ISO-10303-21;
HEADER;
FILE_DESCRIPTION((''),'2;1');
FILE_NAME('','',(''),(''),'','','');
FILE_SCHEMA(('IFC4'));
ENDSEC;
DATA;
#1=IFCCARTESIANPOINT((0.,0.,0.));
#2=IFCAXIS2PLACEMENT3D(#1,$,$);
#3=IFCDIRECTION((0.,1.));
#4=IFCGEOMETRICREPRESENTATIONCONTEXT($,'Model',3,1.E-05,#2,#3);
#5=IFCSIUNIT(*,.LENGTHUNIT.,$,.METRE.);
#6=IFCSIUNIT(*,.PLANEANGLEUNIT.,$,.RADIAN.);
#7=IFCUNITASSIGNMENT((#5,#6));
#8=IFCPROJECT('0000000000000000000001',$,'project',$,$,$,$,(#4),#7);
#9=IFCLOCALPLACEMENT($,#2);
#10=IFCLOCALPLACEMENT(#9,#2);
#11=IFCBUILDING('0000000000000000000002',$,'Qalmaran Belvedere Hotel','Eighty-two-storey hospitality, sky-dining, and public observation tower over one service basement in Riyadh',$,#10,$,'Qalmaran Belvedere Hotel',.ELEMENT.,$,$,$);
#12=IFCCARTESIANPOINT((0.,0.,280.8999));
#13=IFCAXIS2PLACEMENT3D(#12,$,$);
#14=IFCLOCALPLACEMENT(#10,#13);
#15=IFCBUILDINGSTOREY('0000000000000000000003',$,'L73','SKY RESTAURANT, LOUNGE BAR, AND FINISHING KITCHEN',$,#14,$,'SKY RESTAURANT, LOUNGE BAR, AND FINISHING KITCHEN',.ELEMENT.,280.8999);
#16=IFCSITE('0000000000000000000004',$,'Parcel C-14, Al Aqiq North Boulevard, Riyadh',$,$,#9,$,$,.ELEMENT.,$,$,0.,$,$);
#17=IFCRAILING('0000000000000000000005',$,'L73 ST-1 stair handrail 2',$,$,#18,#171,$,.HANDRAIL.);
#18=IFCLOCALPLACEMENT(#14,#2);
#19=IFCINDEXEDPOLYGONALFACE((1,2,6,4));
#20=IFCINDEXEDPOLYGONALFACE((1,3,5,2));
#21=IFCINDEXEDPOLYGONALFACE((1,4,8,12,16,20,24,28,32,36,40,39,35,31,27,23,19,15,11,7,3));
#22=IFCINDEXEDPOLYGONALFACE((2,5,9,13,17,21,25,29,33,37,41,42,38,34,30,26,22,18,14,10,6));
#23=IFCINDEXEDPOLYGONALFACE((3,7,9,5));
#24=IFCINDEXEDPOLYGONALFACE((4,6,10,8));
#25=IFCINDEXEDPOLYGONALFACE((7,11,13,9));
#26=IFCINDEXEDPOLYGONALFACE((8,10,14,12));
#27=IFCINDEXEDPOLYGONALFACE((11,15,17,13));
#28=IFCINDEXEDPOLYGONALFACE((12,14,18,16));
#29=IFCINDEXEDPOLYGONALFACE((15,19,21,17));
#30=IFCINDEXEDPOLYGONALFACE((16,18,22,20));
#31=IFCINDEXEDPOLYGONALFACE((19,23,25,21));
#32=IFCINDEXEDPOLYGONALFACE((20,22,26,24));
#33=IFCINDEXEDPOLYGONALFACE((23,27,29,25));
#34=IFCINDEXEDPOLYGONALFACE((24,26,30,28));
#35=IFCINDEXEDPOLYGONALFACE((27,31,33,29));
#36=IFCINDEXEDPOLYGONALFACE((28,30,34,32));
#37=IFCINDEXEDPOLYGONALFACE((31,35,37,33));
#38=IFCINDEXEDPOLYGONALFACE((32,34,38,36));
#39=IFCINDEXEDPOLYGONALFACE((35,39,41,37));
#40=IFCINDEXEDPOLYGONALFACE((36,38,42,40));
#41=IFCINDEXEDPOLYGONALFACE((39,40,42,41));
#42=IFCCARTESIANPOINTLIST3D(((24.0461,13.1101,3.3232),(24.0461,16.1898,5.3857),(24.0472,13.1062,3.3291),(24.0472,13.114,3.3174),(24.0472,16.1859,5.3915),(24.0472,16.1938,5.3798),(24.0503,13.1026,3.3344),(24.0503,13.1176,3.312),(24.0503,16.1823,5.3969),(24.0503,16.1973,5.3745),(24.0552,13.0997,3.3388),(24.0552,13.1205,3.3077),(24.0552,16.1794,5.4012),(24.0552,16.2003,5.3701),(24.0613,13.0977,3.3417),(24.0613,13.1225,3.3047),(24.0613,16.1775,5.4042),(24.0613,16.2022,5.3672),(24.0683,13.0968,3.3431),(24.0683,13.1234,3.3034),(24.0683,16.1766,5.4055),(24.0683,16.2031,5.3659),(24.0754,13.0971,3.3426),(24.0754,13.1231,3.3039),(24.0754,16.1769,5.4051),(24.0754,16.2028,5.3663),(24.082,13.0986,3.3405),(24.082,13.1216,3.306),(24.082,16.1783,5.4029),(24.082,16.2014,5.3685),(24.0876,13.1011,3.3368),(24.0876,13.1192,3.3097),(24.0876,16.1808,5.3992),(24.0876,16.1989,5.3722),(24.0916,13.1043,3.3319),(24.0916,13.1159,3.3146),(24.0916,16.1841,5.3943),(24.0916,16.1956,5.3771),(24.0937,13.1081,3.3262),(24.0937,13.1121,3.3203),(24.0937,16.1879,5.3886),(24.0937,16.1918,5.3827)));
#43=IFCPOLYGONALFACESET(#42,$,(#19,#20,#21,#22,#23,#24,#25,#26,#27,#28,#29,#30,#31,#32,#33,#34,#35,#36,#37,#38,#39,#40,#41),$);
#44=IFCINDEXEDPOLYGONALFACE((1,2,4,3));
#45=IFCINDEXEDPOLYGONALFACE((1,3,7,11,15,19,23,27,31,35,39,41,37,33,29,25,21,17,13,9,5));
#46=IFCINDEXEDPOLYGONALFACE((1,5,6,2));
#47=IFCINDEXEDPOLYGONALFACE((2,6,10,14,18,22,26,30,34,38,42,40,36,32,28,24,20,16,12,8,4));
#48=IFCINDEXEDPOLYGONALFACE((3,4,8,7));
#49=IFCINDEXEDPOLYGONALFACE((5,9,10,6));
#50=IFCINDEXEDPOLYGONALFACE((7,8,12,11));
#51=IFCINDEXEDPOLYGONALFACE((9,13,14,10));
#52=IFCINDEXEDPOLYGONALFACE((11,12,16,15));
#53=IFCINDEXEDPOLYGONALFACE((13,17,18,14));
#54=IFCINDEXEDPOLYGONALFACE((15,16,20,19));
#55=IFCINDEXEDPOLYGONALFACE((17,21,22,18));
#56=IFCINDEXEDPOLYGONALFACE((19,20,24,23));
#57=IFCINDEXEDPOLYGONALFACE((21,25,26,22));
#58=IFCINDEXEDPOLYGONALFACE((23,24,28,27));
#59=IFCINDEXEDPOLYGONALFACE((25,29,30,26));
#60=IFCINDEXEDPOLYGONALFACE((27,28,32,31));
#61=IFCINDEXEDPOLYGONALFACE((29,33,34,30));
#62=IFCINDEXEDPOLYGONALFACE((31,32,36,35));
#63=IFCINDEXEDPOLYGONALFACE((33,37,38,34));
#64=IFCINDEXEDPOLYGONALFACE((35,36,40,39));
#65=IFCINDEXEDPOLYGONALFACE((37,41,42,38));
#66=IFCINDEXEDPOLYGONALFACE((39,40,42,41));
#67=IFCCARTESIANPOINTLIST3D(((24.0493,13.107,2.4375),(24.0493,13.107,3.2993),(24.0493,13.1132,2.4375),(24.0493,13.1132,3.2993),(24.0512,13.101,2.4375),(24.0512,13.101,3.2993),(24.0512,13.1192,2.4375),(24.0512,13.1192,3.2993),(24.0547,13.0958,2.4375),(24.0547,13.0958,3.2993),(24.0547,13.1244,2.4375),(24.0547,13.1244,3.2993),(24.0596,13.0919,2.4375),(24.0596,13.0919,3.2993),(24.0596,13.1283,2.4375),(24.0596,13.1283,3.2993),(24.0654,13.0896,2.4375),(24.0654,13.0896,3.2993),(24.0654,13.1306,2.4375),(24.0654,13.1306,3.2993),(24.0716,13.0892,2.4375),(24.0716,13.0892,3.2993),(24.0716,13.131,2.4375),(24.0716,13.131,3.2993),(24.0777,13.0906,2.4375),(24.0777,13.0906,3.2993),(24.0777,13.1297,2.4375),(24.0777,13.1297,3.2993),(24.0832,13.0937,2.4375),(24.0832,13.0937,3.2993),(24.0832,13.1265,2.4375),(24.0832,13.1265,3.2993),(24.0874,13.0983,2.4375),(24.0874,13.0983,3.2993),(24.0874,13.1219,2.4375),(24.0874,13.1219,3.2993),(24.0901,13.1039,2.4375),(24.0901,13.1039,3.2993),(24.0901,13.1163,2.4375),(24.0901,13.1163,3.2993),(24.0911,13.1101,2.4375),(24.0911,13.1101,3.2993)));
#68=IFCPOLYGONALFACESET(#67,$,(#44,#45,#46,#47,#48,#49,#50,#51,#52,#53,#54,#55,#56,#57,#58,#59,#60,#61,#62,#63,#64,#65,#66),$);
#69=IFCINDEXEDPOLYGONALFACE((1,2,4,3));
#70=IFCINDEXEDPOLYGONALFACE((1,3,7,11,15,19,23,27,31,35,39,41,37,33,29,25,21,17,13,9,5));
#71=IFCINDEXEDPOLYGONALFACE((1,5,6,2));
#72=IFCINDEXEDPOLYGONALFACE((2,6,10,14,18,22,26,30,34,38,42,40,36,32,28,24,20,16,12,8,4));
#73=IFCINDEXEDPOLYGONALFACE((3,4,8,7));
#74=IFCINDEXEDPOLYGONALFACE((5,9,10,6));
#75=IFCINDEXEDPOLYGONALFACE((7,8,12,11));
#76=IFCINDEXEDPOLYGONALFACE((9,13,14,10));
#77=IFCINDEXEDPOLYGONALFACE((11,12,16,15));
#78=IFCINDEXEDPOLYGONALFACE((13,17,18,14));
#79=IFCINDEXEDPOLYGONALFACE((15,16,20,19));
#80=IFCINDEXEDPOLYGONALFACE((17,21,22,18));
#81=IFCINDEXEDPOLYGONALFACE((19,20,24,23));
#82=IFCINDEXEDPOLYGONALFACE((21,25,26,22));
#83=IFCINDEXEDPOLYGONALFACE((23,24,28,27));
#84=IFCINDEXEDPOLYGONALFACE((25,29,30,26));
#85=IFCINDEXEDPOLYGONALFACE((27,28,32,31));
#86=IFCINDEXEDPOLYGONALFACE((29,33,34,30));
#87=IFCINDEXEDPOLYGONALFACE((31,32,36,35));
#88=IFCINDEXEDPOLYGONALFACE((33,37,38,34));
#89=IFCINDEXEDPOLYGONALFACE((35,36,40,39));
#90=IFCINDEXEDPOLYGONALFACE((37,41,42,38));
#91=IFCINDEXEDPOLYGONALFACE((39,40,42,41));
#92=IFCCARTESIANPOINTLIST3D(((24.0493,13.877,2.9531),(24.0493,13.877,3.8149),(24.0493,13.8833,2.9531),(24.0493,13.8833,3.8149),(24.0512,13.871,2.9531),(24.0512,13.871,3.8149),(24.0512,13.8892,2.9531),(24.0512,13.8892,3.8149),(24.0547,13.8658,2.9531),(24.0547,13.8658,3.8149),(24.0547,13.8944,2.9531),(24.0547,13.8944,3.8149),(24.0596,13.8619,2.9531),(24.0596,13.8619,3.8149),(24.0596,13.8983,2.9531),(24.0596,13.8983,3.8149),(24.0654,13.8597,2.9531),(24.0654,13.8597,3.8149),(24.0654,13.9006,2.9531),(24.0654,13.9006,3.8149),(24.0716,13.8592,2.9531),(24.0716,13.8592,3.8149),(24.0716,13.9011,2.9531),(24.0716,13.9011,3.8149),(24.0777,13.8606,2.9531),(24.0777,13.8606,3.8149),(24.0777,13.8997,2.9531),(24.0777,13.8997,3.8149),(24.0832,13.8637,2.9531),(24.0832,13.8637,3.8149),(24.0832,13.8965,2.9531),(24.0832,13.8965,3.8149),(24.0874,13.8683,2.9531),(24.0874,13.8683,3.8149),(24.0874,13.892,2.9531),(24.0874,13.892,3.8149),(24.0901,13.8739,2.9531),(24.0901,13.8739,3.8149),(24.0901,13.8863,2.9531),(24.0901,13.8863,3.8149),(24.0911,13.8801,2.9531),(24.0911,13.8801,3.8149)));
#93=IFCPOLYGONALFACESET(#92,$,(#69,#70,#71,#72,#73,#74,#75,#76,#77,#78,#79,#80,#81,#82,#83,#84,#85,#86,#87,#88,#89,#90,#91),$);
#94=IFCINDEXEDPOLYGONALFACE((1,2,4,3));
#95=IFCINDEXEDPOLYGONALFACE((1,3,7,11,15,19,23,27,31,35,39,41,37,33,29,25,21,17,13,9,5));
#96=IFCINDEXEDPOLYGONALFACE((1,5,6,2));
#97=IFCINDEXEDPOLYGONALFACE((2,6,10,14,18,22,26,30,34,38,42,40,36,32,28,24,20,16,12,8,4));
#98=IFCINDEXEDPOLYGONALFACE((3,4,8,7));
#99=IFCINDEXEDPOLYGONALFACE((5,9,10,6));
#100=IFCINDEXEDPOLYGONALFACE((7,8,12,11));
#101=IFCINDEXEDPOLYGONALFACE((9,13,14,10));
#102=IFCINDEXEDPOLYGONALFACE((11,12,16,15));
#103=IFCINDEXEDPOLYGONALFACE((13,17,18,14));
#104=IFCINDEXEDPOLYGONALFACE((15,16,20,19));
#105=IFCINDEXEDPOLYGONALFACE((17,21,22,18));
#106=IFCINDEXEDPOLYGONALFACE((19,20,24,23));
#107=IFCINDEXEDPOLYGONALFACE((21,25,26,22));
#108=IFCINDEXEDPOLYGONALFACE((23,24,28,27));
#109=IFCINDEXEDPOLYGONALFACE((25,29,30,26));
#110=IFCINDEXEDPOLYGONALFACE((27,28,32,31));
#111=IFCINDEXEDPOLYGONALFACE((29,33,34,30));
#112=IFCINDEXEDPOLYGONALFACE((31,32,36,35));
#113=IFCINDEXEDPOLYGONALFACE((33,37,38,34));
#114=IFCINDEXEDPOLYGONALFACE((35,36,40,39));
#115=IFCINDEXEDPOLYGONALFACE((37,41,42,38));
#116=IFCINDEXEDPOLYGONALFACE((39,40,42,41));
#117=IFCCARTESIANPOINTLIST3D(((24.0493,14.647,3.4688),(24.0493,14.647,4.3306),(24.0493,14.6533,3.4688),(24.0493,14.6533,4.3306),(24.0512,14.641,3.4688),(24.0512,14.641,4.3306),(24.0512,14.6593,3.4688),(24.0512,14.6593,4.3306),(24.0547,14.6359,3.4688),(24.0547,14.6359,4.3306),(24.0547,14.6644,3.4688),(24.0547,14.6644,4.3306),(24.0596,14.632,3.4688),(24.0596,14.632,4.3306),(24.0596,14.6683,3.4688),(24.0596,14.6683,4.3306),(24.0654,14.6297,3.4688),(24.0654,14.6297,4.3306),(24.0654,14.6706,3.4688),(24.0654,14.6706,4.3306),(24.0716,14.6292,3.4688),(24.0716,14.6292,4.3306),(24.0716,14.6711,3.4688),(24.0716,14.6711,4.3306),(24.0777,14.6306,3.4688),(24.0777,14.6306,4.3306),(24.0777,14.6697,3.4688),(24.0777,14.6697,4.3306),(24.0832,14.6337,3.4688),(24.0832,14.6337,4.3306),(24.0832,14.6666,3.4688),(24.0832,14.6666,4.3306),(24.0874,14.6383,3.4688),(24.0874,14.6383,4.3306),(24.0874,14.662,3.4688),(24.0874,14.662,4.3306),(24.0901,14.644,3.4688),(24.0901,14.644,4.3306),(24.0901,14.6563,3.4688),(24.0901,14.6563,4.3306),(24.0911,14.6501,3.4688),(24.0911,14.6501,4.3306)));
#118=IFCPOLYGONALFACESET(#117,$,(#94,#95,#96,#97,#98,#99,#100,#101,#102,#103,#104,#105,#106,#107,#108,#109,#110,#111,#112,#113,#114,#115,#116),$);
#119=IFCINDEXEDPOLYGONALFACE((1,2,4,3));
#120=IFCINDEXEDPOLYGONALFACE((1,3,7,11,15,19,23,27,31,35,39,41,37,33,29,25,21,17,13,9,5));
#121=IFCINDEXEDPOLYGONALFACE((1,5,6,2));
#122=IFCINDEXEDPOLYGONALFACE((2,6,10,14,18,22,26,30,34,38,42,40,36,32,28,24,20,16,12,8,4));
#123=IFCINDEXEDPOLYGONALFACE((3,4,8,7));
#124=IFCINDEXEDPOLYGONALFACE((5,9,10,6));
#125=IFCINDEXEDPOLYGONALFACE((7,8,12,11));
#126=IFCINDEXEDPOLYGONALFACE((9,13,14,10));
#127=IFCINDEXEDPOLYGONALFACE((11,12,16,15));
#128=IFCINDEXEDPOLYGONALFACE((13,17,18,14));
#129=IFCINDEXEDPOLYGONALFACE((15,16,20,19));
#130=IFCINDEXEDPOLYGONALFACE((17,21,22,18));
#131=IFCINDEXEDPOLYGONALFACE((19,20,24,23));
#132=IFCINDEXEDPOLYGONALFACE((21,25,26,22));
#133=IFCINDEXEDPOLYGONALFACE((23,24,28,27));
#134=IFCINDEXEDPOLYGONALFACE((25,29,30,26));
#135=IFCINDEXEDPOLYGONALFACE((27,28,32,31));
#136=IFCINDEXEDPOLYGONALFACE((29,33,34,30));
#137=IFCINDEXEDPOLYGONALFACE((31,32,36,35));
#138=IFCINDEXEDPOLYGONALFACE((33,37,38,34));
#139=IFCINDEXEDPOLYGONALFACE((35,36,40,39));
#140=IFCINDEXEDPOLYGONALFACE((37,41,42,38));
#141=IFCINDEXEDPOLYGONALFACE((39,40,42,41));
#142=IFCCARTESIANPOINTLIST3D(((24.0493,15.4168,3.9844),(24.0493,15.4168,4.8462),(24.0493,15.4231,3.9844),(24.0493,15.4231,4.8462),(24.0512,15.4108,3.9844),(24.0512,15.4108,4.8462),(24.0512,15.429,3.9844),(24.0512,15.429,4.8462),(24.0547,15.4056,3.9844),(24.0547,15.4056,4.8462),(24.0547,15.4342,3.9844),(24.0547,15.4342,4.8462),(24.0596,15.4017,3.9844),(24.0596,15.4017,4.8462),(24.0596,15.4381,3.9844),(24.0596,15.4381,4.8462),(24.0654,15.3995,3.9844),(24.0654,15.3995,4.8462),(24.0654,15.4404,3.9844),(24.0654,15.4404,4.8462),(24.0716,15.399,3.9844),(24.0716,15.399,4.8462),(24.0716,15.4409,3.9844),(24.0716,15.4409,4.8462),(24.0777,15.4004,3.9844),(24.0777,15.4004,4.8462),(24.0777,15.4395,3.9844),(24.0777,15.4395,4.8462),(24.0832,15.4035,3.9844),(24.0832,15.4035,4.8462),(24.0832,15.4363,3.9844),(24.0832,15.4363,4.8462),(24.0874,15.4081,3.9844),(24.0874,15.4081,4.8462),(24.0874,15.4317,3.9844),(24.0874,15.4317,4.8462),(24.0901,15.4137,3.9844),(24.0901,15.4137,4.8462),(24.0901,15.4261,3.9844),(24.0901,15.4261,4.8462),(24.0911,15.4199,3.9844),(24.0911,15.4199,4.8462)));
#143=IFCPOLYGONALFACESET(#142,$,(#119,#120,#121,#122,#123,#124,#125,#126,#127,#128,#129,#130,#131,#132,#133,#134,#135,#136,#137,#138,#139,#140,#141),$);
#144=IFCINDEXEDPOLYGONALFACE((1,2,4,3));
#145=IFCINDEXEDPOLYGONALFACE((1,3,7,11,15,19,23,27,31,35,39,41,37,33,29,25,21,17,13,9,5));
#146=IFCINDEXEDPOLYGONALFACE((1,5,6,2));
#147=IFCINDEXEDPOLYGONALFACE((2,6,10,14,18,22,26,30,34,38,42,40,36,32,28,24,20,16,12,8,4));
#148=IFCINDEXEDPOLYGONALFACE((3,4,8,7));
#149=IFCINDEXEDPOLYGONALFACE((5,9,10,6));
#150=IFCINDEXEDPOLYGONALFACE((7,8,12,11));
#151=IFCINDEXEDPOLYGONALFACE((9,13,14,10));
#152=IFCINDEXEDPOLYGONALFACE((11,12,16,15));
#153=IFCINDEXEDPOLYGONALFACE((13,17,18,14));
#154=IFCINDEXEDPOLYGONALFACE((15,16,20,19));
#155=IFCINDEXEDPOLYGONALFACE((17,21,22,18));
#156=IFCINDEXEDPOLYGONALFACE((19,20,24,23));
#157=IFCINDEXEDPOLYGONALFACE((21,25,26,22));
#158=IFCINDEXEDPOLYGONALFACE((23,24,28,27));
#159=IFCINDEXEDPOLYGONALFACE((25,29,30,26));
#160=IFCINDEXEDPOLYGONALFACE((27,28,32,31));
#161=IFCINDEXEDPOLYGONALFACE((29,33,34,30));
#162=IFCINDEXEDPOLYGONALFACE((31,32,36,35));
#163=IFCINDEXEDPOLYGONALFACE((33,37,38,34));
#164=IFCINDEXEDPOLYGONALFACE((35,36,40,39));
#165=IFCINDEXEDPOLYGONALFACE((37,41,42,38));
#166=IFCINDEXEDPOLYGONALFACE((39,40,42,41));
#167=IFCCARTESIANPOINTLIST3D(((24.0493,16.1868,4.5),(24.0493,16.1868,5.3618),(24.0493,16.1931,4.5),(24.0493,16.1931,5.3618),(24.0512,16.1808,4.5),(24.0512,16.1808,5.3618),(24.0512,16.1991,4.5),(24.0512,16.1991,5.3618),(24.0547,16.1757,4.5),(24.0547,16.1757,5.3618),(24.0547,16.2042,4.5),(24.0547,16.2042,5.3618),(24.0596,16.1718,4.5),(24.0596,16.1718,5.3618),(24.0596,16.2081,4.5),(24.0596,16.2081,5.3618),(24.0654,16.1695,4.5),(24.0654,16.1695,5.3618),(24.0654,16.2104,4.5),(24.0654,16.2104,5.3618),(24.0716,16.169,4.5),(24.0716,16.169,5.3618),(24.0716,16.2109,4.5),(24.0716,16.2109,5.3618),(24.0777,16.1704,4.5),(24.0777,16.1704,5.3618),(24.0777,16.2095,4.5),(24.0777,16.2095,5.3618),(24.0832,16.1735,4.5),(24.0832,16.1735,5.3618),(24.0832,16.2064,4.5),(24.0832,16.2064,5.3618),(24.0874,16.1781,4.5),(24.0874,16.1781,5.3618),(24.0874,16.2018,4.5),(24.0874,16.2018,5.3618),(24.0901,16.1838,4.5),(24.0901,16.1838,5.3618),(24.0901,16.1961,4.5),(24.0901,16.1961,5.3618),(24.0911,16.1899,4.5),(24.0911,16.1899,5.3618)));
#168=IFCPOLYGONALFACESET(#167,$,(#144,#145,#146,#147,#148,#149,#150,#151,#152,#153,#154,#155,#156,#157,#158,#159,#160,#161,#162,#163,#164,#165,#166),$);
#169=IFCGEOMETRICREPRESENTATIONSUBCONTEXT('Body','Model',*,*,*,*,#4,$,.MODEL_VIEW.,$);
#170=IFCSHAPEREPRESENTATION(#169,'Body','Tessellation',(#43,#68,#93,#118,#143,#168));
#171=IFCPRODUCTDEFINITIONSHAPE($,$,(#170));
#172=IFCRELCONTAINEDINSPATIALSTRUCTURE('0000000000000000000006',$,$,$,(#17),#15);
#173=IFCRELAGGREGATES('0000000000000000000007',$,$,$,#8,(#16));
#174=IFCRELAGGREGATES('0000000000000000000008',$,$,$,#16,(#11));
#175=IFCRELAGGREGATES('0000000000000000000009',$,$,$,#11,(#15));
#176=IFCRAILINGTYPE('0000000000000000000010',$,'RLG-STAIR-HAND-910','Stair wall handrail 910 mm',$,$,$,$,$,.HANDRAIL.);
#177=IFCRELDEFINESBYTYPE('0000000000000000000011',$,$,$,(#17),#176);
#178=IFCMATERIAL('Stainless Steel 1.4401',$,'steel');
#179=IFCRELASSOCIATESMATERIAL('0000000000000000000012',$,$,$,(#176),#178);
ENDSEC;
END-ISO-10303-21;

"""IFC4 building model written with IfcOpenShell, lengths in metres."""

from ifc_helpers import new_model, si_unit, direction, frame, origin, origin_2d, place, context, subcontext, project, spatial, circle, extrude, material, type_object, element, save


model = new_model("IFC4")

# Units and contexts
model_context = context("Model", 3, precision=1e-05, world=origin(), true_north=direction((0.0, 1.0)))
body_context = subcontext(model_context, "Body", "Model", "MODEL_VIEW")
ifc_project = project(units=[si_unit("LENGTHUNIT", "METRE"), si_unit("PLANEANGLEUNIT", "RADIAN")], contexts=[model_context])

# Site, building, storey
site_placement = place(None, origin())
site = spatial("IfcSite", under=ifc_project, at=site_placement, Name="Parcel C-14, Al Aqiq North Boulevard, Riyadh", CompositionType="ELEMENT", RefElevation=0.0)
building_placement = place(site_placement, origin())
building = spatial("IfcBuilding", under=site, at=building_placement, Name="Qalmaran Belvedere Hotel", Description="Eighty-two-storey hospitality, sky-dining, and public observation tower over one service basement in Riyadh", LongName="Qalmaran Belvedere Hotel", CompositionType="ELEMENT")
storey_placement = place(building_placement, frame((0.0, 0.0, 280.8999)))
storey = spatial("IfcBuildingStorey", under=building, at=storey_placement, Name="L73", Description="SKY RESTAURANT, LOUNGE BAR, AND FINISHING KITCHEN", LongName="SKY RESTAURANT, LOUNGE BAR, AND FINISHING KITCHEN", CompositionType="ELEMENT", Elevation=280.8999)

# Railing
ifc_material_1 = material(Name="Stainless Steel 1.4401", Category="steel")
railing_type_1 = type_object("IfcRailingType", Name="RLG-STAIR-HAND-910", Description="Stair wall handrail 910 mm", PredefinedType="HANDRAIL", material=ifc_material_1)
railing_1_placement = place(storey_placement, frame((24.0701, 13.1101, 2.4375)))
element("IfcRailing", 1, at=railing_1_placement, inside=storey, type_object=railing_type_1, Name="L73 ST-1 stair handrail 2", PredefinedType="HANDRAIL", context=body_context, shape_type="SweptSolid", body=[
    extrude(circle(Radius=0.0239, at=origin_2d()), frame((0.0, 0.0, 0.8857), z_axis=(0.0, 0.830893, 0.556432), x_axis=(-1.0, 0.0, 0.0)), (0.0, 0.0, 1.0), 3.7065),
    extrude(circle(Radius=0.021, at=origin_2d()), origin(), (0.0, 0.0, 1.0), 0.8618),
    extrude(circle(Radius=0.021, at=origin_2d()), frame((0.0, 0.77, 0.5156)), (0.0, 0.0, 1.0), 0.8618),
    extrude(circle(Radius=0.021, at=origin_2d()), frame((0.0, 1.54, 1.0312)), (0.0, 0.0, 1.0), 0.8618),
    extrude(circle(Radius=0.021, at=origin_2d()), frame((0.0, 2.3098, 1.5469)), (0.0, 0.0, 1.0), 0.8618),
    extrude(circle(Radius=0.021, at=origin_2d()), frame((0.0, 3.0798, 2.0625)), (0.0, 0.0, 1.0), 0.8618),
])

save(model, "model.ifc")
